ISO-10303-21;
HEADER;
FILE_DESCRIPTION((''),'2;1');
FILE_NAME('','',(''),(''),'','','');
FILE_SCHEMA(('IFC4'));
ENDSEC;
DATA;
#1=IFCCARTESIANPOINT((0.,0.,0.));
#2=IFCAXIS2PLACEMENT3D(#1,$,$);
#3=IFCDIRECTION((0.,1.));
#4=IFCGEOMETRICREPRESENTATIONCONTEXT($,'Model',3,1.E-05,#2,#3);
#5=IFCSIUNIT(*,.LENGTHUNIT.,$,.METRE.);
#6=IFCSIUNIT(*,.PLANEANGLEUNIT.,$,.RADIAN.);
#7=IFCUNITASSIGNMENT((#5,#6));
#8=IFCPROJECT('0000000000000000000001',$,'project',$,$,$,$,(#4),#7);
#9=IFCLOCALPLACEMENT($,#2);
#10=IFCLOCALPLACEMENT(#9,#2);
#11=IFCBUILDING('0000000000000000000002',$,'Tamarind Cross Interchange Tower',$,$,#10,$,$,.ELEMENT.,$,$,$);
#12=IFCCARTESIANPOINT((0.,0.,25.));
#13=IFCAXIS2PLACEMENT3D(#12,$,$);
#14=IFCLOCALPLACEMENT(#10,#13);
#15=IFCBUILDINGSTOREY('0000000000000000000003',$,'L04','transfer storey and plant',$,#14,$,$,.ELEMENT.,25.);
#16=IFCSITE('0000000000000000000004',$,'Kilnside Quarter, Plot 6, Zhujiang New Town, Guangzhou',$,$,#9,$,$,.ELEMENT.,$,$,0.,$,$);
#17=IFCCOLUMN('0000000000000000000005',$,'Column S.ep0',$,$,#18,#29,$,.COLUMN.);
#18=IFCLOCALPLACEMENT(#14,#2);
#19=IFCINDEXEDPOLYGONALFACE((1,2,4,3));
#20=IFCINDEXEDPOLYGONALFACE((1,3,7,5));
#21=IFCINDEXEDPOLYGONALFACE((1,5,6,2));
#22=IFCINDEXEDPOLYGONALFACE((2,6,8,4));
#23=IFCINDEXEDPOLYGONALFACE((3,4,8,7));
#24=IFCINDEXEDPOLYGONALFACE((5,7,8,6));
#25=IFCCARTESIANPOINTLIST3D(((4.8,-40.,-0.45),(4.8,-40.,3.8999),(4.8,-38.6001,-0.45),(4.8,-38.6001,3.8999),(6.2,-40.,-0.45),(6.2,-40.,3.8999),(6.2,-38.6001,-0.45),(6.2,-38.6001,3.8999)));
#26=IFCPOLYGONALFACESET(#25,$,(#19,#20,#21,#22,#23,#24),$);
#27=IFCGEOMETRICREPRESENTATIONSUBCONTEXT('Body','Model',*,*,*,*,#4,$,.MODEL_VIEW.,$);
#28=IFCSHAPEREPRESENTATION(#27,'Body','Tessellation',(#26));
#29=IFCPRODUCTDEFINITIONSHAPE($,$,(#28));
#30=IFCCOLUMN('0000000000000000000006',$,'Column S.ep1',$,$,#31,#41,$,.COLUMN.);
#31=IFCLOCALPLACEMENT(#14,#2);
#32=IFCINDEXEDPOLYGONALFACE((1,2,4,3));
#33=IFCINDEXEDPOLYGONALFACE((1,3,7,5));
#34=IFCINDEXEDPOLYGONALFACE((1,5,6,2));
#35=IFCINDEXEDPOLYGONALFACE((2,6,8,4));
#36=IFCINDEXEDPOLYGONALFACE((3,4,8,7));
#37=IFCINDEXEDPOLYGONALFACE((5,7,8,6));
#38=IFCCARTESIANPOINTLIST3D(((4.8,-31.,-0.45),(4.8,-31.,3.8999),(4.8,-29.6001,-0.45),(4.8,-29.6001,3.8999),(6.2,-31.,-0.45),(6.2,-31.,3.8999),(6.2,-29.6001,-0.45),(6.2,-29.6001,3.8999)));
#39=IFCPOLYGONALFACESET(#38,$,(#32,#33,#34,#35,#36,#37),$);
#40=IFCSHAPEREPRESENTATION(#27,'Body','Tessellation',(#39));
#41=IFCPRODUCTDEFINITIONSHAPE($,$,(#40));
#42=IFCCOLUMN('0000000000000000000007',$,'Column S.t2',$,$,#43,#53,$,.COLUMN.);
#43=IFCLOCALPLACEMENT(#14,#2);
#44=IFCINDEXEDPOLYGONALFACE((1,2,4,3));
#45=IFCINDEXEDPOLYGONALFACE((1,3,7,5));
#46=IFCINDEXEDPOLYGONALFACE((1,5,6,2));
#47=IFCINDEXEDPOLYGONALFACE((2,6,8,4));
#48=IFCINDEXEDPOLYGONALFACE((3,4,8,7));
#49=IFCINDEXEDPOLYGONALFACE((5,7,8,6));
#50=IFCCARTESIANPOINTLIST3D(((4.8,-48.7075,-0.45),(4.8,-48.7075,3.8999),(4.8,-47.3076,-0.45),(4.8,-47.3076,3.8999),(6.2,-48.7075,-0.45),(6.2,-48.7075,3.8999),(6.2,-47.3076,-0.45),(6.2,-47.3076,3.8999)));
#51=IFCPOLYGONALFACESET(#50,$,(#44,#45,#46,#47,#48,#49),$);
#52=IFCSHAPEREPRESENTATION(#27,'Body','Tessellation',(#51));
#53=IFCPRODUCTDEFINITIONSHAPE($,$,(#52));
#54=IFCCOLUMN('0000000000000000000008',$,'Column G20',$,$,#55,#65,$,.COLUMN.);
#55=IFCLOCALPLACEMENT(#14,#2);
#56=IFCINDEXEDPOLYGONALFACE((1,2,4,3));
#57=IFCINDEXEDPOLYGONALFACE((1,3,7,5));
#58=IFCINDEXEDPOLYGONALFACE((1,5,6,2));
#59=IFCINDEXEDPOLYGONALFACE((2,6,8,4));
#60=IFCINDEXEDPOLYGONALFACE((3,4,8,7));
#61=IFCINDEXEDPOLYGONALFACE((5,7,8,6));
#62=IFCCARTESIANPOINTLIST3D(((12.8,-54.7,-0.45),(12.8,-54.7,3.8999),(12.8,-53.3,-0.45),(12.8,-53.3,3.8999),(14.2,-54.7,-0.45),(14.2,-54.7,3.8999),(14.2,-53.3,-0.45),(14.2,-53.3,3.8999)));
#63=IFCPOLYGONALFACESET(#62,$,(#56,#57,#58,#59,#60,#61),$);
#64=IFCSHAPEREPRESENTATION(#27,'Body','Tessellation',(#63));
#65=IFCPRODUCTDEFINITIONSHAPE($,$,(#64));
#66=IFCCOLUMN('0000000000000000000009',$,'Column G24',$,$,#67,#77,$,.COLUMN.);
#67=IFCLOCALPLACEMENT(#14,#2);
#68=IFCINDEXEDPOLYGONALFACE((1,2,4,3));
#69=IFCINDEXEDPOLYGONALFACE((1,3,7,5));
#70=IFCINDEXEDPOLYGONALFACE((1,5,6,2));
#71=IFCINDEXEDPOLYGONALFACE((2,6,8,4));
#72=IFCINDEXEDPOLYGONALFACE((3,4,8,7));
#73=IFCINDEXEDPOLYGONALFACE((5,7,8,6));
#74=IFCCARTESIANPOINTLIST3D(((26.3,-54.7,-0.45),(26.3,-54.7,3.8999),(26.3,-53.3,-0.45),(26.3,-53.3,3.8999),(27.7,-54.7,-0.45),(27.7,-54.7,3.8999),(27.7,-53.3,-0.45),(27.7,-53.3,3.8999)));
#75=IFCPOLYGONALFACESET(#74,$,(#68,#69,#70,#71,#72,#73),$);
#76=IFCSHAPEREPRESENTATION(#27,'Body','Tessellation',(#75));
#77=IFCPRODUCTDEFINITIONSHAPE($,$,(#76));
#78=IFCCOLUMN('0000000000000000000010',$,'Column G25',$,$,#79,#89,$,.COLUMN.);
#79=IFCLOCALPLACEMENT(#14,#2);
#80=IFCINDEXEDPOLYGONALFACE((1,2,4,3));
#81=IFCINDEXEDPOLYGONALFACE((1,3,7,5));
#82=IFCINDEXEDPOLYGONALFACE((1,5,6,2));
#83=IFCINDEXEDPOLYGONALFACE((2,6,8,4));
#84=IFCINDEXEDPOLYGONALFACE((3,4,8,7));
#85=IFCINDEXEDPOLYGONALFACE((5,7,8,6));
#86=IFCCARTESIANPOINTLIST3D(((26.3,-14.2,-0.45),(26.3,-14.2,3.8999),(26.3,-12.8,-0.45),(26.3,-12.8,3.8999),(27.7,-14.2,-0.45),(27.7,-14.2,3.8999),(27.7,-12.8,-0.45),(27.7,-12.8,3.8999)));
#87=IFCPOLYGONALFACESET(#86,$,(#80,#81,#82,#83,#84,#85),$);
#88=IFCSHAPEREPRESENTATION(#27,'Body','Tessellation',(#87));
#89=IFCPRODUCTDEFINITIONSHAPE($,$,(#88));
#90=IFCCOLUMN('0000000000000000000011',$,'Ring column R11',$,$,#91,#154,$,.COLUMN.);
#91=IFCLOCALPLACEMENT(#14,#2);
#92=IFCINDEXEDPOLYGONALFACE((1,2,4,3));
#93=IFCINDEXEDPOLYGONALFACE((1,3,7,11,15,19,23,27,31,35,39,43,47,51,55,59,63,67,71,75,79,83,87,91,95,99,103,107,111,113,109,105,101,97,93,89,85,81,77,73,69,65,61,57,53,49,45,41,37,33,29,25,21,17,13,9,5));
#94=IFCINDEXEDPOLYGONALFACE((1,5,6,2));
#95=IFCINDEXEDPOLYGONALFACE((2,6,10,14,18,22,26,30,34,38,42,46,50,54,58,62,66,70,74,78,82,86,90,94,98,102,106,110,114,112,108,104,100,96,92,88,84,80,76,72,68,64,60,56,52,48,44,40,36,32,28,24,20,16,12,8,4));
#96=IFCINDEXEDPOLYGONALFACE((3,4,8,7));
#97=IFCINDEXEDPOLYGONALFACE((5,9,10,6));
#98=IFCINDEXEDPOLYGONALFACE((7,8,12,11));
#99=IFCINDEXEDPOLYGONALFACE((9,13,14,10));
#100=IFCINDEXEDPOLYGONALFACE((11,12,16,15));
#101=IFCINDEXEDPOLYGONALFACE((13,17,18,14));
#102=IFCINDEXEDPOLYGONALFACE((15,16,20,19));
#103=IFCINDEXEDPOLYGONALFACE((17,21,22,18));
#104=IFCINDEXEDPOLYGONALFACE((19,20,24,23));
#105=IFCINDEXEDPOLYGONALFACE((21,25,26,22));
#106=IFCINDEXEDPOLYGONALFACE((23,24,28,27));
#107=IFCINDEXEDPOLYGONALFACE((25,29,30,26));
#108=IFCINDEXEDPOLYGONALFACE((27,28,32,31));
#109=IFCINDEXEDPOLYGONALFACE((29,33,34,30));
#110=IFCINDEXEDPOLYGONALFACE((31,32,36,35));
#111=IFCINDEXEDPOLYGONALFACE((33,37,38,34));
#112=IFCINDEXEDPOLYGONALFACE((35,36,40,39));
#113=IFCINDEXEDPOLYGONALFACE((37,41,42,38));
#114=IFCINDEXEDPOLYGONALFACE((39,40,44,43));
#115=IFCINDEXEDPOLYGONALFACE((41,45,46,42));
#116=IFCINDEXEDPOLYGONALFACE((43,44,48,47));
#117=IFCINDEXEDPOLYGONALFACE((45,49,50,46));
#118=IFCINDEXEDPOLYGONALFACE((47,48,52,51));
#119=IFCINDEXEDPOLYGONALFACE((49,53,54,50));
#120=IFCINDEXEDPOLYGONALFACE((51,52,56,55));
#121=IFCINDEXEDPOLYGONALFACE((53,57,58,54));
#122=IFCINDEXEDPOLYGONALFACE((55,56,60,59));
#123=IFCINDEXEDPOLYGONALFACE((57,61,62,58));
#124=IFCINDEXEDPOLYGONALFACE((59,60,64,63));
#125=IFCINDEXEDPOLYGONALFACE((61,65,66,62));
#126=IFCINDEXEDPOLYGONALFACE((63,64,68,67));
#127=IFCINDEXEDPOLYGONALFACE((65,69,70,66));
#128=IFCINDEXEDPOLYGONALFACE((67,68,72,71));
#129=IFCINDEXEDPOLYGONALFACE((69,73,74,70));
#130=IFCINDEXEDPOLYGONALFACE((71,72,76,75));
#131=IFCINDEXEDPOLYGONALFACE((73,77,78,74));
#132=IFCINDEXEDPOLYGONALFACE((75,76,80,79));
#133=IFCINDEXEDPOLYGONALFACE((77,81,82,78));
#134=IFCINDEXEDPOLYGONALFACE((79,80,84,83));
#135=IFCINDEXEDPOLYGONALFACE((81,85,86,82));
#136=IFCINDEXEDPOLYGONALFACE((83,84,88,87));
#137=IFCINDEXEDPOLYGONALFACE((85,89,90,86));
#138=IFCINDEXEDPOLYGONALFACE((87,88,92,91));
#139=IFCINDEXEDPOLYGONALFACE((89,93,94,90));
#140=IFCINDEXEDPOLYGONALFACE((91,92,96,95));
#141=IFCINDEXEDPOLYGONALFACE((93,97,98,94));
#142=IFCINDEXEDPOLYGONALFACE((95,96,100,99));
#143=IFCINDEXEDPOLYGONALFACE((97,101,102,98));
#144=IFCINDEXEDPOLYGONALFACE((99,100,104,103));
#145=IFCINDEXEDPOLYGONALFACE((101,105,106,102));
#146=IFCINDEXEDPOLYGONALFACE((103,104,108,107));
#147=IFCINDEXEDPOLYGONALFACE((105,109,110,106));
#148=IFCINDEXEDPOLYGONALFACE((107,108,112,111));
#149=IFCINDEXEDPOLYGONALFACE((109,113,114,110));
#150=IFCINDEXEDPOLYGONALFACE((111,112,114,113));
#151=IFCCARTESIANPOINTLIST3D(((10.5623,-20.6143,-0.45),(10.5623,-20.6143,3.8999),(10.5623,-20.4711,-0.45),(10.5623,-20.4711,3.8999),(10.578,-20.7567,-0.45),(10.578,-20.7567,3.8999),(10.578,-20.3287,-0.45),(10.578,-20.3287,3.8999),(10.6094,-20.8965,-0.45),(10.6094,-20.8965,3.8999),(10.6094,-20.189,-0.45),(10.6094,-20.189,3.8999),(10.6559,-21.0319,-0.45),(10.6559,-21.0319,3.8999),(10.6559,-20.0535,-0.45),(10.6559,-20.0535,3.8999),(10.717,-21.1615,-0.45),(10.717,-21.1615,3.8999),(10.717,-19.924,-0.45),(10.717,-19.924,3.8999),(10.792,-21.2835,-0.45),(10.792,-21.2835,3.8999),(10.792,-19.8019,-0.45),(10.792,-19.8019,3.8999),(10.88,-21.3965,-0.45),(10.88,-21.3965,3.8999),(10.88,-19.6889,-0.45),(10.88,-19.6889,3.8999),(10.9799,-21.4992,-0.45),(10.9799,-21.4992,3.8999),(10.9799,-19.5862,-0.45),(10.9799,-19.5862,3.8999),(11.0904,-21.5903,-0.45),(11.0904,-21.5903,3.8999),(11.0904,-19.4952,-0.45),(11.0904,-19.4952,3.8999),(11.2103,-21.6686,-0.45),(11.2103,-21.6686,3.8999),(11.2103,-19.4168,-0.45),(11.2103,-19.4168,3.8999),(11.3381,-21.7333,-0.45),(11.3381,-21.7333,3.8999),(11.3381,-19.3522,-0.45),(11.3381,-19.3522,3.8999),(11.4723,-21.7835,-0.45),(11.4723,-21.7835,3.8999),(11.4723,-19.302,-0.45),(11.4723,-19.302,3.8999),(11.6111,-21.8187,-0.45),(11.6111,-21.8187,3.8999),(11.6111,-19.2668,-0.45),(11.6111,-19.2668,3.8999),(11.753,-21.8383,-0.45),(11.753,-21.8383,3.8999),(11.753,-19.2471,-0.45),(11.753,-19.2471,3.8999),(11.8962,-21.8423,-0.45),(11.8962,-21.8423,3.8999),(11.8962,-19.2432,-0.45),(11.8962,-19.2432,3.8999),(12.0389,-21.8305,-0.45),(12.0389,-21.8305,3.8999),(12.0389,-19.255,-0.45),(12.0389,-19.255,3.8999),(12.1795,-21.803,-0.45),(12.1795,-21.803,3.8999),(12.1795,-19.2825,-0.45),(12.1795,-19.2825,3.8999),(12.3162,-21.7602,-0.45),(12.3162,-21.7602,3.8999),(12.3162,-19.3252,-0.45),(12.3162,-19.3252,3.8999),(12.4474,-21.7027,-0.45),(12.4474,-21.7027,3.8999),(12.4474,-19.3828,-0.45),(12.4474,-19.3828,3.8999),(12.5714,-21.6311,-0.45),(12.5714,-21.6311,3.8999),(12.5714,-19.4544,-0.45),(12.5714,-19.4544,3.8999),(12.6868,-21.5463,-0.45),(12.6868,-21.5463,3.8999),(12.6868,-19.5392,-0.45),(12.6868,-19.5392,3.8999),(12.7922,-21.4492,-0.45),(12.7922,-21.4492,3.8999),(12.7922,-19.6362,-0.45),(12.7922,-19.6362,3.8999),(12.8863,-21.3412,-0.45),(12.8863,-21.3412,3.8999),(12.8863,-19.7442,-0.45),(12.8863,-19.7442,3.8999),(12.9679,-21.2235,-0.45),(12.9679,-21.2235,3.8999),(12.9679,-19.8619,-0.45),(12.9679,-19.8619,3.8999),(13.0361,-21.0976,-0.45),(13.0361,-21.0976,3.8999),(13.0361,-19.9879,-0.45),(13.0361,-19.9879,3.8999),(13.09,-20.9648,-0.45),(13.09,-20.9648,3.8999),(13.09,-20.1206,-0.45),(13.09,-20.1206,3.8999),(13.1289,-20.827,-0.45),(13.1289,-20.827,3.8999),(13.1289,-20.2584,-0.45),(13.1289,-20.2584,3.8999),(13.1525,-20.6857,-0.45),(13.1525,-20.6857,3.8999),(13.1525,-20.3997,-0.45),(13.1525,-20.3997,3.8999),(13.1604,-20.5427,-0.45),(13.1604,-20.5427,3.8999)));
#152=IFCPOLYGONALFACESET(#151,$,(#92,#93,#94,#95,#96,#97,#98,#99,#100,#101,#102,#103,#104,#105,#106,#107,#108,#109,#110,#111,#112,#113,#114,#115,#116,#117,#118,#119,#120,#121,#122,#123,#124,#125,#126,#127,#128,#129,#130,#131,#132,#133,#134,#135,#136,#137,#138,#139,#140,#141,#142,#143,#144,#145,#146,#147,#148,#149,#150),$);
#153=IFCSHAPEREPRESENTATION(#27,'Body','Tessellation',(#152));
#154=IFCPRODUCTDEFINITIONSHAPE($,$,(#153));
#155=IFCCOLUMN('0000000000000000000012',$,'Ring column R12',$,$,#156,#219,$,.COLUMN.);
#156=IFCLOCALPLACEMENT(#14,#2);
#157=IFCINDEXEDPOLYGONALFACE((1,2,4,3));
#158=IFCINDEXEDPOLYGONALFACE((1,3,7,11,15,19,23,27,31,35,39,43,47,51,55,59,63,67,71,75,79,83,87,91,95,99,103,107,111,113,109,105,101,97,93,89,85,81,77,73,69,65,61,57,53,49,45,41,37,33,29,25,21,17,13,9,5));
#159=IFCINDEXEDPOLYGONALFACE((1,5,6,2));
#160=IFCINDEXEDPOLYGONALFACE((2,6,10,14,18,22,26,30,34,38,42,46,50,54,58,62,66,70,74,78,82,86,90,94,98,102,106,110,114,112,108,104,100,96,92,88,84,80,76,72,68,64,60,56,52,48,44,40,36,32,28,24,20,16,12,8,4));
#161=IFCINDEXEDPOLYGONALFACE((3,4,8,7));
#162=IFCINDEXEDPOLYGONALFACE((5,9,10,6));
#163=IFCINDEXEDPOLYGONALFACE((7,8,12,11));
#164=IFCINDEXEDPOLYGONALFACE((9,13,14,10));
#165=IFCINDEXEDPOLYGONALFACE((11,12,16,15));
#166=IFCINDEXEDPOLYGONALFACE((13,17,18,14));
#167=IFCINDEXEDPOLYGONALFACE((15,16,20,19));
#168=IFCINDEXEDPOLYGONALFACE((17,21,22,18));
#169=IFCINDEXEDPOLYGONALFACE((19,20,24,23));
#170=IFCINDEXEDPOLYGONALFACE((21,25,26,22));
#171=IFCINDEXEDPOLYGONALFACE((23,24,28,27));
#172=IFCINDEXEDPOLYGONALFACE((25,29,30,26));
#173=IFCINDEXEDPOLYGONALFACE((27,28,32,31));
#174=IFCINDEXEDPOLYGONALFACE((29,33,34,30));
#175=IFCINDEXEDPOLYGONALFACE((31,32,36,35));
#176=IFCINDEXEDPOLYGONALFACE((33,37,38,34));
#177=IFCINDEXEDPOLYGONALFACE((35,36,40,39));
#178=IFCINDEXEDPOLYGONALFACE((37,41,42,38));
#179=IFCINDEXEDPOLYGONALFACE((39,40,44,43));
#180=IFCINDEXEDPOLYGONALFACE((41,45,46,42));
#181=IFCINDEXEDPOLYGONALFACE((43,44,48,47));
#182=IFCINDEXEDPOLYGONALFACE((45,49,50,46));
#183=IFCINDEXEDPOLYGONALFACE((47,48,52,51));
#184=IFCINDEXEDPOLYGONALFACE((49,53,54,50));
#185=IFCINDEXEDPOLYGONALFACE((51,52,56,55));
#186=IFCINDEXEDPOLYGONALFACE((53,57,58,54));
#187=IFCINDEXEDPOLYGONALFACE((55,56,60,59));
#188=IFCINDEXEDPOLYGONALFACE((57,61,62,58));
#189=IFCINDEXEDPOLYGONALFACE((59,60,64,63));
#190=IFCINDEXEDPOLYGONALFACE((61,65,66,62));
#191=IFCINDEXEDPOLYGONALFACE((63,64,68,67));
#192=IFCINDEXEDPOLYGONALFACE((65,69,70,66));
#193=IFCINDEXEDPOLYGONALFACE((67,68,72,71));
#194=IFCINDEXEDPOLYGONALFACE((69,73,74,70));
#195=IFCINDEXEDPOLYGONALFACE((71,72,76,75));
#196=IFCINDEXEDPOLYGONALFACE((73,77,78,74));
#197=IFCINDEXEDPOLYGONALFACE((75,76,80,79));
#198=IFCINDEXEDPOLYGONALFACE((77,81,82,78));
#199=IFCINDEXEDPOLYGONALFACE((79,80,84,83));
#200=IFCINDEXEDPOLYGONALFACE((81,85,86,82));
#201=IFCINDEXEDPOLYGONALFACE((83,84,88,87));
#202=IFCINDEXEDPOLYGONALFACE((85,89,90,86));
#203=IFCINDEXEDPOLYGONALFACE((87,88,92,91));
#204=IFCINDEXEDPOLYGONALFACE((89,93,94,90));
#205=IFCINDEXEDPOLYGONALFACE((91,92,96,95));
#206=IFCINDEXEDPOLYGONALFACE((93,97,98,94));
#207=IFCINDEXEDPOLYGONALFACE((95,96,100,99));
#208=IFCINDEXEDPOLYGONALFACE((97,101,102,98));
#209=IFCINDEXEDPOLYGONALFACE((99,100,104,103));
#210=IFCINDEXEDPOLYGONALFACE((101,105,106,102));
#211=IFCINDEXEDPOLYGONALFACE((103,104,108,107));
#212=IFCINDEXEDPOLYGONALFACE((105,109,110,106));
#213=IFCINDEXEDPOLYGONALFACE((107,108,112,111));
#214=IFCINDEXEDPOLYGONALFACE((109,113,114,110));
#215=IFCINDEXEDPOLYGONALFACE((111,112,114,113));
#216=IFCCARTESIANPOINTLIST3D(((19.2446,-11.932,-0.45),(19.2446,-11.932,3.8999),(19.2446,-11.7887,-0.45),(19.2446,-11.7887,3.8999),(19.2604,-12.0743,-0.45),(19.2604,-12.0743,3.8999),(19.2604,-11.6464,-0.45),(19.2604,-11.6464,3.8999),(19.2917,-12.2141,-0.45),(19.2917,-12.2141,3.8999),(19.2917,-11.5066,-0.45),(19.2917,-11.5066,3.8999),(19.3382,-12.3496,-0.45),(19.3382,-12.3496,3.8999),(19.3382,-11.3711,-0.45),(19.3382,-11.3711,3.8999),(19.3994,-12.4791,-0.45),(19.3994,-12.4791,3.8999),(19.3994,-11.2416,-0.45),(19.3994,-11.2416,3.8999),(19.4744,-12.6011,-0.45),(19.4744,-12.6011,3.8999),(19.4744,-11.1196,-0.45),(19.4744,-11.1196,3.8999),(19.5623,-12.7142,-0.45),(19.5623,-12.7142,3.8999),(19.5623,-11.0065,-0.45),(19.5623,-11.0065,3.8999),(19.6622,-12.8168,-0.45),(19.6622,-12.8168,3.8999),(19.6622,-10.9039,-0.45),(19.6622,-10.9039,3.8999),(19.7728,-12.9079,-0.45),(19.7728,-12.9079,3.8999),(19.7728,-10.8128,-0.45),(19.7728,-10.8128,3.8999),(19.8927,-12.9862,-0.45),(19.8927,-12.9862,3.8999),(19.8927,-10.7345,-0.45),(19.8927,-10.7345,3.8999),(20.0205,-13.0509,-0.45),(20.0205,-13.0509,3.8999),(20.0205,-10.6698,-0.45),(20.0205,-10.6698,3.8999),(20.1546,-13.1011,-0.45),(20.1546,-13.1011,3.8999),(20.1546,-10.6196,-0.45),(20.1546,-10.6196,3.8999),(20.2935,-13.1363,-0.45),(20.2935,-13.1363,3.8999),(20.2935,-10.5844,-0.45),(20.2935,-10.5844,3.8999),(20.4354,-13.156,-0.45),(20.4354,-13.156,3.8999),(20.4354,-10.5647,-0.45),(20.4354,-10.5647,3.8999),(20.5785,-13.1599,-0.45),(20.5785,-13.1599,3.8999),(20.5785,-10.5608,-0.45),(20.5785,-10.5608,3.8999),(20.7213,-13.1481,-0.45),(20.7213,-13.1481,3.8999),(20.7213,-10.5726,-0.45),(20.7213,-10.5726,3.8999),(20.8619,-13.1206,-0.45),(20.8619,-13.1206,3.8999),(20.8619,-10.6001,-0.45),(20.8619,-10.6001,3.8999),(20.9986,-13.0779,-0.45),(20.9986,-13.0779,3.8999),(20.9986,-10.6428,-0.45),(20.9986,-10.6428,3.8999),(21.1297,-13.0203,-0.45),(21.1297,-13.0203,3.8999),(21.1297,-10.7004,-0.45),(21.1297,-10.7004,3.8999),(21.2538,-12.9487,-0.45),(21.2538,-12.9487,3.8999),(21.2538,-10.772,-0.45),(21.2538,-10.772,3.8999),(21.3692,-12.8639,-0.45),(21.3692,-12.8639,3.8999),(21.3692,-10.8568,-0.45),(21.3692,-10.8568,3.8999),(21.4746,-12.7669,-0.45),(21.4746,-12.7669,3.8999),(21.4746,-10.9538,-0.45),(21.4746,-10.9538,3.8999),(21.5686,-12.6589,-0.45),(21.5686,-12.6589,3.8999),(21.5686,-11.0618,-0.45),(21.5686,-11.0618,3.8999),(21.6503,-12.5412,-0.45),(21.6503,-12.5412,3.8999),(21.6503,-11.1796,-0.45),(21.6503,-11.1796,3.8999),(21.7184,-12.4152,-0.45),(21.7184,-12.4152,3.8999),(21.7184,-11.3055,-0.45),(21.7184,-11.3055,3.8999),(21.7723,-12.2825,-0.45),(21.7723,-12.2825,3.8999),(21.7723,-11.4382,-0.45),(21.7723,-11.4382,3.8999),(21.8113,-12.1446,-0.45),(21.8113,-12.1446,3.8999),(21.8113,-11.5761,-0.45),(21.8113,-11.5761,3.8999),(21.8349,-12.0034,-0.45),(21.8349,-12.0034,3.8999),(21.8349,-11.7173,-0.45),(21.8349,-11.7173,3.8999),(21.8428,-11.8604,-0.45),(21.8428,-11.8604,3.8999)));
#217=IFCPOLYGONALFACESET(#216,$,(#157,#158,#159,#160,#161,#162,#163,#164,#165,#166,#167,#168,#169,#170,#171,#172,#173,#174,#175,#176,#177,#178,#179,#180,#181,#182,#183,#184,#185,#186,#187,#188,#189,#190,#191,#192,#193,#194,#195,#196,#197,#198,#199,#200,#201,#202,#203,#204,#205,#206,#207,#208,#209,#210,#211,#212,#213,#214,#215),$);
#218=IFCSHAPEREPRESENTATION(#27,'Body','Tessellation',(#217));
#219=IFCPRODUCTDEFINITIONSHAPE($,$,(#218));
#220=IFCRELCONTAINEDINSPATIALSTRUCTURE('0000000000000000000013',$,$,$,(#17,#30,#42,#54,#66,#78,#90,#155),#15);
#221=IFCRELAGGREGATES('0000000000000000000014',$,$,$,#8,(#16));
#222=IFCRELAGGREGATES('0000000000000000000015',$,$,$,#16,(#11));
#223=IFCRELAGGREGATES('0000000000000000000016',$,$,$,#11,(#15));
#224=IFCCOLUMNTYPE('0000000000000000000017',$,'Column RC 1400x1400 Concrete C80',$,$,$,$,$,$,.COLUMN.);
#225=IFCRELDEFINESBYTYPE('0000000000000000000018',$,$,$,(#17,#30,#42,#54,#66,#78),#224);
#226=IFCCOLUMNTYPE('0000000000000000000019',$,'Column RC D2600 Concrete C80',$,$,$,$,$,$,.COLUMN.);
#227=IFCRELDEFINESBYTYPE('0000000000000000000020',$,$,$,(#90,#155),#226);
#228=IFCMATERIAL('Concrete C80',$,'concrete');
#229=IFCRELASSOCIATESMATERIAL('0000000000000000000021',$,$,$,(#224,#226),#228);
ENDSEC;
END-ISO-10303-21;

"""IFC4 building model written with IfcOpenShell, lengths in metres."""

from ifc_helpers import new_model, si_unit, direction, frame, origin, origin_2d, place, context, subcontext, project, spatial, rectangle, circle, extrude, material, material_profile, profile_set, type_object, element, save


model = new_model("IFC4")

# Units and contexts
model_context = context("Model", 3, precision=1e-05, world=origin(), true_north=direction((0.0, 1.0)))
body_context = subcontext(model_context, "Body", "Model", "MODEL_VIEW")
ifc_project = project(units=[si_unit("LENGTHUNIT", "METRE"), si_unit("PLANEANGLEUNIT", "RADIAN")], contexts=[model_context])

# Site, building, storey
site_placement = place(None, origin())
site = spatial("IfcSite", under=ifc_project, at=site_placement, Name="Kilnside Quarter, Plot 6, Zhujiang New Town, Guangzhou", CompositionType="ELEMENT", RefElevation=0.0)
building_placement = place(site_placement, origin())
building = spatial("IfcBuilding", under=site, at=building_placement, Name="Tamarind Cross Interchange Tower", CompositionType="ELEMENT")
storey_placement = place(building_placement, frame((0.0, 0.0, 25.0)))
storey = spatial("IfcBuildingStorey", under=building, at=storey_placement, Name="L04", Description="transfer storey and plant", CompositionType="ELEMENT", Elevation=25.0)

# Columns
ifc_material_1 = material(Name="Concrete C80", Category="concrete")
ifc_material_profile_1 = material_profile(ifc_material_1, rectangle(XDim=1.3999, YDim=1.3999, at=origin_2d()), Name="RC 1400x1400")
ifc_profile_set_1 = profile_set([ifc_material_profile_1], Name="Concrete C80")
column_type_1 = type_object("IfcColumnType", Name="Column RC 1400x1400 Concrete C80", PredefinedType="COLUMN", material=ifc_profile_set_1)
for number, where, z_axis, x_axis, name in (
    (1, (5.5, -39.3, -0.45), (0.0, 0.0, 1.0), (1.0, 0.0, 0.0), "Column S.ep0"),
    (2, (5.5, -30.3, -0.45), (0.0, 0.0, 1.0), (1.0, 0.0, 0.0), "Column S.ep1"),
    (3, (5.5, -48.0076, -0.45), (0.0, 0.0, 1.0), (1.0, 0.0, 0.0), "Column S.t2"),
    (4, (13.5, -54.0, -0.45), (0.0, 0.0, 1.0), (1.0, 0.0, 0.0), "Column G20"),
    (5, (27.0, -54.0, -0.45), (0.0, 0.0, 1.0), (1.0, 0.0, 0.0), "Column G24"),
    (6, (27.0, -13.5, -0.45), (0.0, 0.0, 1.0), (1.0, 0.0, 0.0), "Column G25"),
):
    element("IfcColumn", number, at=place(storey_placement, frame(where, z_axis=z_axis, x_axis=x_axis)), inside=storey, type_object=column_type_1, Name=name, PredefinedType="COLUMN", context=body_context, shape_type="SweptSolid", body=[
        extrude(rectangle(XDim=1.3999, YDim=1.3999, at=origin_2d()), origin(), (0.0, 0.0, 1.0), 4.3499),
    ])
ifc_material_profile_2 = material_profile(ifc_material_1, circle(Radius=1.3, at=origin_2d()), Name="RC D2600")
ifc_profile_set_2 = profile_set([ifc_material_profile_2], Name="Concrete C80")
column_type_2 = type_object("IfcColumnType", Name="Column RC D2600 Concrete C80", PredefinedType="COLUMN", material=ifc_profile_set_2)
for number, where, z_axis, x_axis, name in (
    (7, (11.8604, -20.5427, -0.45), (0.0, 0.0, 1.0), (1.0, 0.0, 0.0), "Ring column R11"),
    (8, (20.5427, -11.8604, -0.45), (0.0, 0.0, 1.0), (1.0, 0.0, 0.0), "Ring column R12"),
):
    element("IfcColumn", number, at=place(storey_placement, frame(where, z_axis=z_axis, x_axis=x_axis)), inside=storey, type_object=column_type_2, Name=name, PredefinedType="COLUMN", context=body_context, shape_type="SweptSolid", body=[
        extrude(circle(Radius=1.3, at=origin_2d()), origin(), (0.0, 0.0, 1.0), 4.3499),
    ])

save(model, "model.ifc")
